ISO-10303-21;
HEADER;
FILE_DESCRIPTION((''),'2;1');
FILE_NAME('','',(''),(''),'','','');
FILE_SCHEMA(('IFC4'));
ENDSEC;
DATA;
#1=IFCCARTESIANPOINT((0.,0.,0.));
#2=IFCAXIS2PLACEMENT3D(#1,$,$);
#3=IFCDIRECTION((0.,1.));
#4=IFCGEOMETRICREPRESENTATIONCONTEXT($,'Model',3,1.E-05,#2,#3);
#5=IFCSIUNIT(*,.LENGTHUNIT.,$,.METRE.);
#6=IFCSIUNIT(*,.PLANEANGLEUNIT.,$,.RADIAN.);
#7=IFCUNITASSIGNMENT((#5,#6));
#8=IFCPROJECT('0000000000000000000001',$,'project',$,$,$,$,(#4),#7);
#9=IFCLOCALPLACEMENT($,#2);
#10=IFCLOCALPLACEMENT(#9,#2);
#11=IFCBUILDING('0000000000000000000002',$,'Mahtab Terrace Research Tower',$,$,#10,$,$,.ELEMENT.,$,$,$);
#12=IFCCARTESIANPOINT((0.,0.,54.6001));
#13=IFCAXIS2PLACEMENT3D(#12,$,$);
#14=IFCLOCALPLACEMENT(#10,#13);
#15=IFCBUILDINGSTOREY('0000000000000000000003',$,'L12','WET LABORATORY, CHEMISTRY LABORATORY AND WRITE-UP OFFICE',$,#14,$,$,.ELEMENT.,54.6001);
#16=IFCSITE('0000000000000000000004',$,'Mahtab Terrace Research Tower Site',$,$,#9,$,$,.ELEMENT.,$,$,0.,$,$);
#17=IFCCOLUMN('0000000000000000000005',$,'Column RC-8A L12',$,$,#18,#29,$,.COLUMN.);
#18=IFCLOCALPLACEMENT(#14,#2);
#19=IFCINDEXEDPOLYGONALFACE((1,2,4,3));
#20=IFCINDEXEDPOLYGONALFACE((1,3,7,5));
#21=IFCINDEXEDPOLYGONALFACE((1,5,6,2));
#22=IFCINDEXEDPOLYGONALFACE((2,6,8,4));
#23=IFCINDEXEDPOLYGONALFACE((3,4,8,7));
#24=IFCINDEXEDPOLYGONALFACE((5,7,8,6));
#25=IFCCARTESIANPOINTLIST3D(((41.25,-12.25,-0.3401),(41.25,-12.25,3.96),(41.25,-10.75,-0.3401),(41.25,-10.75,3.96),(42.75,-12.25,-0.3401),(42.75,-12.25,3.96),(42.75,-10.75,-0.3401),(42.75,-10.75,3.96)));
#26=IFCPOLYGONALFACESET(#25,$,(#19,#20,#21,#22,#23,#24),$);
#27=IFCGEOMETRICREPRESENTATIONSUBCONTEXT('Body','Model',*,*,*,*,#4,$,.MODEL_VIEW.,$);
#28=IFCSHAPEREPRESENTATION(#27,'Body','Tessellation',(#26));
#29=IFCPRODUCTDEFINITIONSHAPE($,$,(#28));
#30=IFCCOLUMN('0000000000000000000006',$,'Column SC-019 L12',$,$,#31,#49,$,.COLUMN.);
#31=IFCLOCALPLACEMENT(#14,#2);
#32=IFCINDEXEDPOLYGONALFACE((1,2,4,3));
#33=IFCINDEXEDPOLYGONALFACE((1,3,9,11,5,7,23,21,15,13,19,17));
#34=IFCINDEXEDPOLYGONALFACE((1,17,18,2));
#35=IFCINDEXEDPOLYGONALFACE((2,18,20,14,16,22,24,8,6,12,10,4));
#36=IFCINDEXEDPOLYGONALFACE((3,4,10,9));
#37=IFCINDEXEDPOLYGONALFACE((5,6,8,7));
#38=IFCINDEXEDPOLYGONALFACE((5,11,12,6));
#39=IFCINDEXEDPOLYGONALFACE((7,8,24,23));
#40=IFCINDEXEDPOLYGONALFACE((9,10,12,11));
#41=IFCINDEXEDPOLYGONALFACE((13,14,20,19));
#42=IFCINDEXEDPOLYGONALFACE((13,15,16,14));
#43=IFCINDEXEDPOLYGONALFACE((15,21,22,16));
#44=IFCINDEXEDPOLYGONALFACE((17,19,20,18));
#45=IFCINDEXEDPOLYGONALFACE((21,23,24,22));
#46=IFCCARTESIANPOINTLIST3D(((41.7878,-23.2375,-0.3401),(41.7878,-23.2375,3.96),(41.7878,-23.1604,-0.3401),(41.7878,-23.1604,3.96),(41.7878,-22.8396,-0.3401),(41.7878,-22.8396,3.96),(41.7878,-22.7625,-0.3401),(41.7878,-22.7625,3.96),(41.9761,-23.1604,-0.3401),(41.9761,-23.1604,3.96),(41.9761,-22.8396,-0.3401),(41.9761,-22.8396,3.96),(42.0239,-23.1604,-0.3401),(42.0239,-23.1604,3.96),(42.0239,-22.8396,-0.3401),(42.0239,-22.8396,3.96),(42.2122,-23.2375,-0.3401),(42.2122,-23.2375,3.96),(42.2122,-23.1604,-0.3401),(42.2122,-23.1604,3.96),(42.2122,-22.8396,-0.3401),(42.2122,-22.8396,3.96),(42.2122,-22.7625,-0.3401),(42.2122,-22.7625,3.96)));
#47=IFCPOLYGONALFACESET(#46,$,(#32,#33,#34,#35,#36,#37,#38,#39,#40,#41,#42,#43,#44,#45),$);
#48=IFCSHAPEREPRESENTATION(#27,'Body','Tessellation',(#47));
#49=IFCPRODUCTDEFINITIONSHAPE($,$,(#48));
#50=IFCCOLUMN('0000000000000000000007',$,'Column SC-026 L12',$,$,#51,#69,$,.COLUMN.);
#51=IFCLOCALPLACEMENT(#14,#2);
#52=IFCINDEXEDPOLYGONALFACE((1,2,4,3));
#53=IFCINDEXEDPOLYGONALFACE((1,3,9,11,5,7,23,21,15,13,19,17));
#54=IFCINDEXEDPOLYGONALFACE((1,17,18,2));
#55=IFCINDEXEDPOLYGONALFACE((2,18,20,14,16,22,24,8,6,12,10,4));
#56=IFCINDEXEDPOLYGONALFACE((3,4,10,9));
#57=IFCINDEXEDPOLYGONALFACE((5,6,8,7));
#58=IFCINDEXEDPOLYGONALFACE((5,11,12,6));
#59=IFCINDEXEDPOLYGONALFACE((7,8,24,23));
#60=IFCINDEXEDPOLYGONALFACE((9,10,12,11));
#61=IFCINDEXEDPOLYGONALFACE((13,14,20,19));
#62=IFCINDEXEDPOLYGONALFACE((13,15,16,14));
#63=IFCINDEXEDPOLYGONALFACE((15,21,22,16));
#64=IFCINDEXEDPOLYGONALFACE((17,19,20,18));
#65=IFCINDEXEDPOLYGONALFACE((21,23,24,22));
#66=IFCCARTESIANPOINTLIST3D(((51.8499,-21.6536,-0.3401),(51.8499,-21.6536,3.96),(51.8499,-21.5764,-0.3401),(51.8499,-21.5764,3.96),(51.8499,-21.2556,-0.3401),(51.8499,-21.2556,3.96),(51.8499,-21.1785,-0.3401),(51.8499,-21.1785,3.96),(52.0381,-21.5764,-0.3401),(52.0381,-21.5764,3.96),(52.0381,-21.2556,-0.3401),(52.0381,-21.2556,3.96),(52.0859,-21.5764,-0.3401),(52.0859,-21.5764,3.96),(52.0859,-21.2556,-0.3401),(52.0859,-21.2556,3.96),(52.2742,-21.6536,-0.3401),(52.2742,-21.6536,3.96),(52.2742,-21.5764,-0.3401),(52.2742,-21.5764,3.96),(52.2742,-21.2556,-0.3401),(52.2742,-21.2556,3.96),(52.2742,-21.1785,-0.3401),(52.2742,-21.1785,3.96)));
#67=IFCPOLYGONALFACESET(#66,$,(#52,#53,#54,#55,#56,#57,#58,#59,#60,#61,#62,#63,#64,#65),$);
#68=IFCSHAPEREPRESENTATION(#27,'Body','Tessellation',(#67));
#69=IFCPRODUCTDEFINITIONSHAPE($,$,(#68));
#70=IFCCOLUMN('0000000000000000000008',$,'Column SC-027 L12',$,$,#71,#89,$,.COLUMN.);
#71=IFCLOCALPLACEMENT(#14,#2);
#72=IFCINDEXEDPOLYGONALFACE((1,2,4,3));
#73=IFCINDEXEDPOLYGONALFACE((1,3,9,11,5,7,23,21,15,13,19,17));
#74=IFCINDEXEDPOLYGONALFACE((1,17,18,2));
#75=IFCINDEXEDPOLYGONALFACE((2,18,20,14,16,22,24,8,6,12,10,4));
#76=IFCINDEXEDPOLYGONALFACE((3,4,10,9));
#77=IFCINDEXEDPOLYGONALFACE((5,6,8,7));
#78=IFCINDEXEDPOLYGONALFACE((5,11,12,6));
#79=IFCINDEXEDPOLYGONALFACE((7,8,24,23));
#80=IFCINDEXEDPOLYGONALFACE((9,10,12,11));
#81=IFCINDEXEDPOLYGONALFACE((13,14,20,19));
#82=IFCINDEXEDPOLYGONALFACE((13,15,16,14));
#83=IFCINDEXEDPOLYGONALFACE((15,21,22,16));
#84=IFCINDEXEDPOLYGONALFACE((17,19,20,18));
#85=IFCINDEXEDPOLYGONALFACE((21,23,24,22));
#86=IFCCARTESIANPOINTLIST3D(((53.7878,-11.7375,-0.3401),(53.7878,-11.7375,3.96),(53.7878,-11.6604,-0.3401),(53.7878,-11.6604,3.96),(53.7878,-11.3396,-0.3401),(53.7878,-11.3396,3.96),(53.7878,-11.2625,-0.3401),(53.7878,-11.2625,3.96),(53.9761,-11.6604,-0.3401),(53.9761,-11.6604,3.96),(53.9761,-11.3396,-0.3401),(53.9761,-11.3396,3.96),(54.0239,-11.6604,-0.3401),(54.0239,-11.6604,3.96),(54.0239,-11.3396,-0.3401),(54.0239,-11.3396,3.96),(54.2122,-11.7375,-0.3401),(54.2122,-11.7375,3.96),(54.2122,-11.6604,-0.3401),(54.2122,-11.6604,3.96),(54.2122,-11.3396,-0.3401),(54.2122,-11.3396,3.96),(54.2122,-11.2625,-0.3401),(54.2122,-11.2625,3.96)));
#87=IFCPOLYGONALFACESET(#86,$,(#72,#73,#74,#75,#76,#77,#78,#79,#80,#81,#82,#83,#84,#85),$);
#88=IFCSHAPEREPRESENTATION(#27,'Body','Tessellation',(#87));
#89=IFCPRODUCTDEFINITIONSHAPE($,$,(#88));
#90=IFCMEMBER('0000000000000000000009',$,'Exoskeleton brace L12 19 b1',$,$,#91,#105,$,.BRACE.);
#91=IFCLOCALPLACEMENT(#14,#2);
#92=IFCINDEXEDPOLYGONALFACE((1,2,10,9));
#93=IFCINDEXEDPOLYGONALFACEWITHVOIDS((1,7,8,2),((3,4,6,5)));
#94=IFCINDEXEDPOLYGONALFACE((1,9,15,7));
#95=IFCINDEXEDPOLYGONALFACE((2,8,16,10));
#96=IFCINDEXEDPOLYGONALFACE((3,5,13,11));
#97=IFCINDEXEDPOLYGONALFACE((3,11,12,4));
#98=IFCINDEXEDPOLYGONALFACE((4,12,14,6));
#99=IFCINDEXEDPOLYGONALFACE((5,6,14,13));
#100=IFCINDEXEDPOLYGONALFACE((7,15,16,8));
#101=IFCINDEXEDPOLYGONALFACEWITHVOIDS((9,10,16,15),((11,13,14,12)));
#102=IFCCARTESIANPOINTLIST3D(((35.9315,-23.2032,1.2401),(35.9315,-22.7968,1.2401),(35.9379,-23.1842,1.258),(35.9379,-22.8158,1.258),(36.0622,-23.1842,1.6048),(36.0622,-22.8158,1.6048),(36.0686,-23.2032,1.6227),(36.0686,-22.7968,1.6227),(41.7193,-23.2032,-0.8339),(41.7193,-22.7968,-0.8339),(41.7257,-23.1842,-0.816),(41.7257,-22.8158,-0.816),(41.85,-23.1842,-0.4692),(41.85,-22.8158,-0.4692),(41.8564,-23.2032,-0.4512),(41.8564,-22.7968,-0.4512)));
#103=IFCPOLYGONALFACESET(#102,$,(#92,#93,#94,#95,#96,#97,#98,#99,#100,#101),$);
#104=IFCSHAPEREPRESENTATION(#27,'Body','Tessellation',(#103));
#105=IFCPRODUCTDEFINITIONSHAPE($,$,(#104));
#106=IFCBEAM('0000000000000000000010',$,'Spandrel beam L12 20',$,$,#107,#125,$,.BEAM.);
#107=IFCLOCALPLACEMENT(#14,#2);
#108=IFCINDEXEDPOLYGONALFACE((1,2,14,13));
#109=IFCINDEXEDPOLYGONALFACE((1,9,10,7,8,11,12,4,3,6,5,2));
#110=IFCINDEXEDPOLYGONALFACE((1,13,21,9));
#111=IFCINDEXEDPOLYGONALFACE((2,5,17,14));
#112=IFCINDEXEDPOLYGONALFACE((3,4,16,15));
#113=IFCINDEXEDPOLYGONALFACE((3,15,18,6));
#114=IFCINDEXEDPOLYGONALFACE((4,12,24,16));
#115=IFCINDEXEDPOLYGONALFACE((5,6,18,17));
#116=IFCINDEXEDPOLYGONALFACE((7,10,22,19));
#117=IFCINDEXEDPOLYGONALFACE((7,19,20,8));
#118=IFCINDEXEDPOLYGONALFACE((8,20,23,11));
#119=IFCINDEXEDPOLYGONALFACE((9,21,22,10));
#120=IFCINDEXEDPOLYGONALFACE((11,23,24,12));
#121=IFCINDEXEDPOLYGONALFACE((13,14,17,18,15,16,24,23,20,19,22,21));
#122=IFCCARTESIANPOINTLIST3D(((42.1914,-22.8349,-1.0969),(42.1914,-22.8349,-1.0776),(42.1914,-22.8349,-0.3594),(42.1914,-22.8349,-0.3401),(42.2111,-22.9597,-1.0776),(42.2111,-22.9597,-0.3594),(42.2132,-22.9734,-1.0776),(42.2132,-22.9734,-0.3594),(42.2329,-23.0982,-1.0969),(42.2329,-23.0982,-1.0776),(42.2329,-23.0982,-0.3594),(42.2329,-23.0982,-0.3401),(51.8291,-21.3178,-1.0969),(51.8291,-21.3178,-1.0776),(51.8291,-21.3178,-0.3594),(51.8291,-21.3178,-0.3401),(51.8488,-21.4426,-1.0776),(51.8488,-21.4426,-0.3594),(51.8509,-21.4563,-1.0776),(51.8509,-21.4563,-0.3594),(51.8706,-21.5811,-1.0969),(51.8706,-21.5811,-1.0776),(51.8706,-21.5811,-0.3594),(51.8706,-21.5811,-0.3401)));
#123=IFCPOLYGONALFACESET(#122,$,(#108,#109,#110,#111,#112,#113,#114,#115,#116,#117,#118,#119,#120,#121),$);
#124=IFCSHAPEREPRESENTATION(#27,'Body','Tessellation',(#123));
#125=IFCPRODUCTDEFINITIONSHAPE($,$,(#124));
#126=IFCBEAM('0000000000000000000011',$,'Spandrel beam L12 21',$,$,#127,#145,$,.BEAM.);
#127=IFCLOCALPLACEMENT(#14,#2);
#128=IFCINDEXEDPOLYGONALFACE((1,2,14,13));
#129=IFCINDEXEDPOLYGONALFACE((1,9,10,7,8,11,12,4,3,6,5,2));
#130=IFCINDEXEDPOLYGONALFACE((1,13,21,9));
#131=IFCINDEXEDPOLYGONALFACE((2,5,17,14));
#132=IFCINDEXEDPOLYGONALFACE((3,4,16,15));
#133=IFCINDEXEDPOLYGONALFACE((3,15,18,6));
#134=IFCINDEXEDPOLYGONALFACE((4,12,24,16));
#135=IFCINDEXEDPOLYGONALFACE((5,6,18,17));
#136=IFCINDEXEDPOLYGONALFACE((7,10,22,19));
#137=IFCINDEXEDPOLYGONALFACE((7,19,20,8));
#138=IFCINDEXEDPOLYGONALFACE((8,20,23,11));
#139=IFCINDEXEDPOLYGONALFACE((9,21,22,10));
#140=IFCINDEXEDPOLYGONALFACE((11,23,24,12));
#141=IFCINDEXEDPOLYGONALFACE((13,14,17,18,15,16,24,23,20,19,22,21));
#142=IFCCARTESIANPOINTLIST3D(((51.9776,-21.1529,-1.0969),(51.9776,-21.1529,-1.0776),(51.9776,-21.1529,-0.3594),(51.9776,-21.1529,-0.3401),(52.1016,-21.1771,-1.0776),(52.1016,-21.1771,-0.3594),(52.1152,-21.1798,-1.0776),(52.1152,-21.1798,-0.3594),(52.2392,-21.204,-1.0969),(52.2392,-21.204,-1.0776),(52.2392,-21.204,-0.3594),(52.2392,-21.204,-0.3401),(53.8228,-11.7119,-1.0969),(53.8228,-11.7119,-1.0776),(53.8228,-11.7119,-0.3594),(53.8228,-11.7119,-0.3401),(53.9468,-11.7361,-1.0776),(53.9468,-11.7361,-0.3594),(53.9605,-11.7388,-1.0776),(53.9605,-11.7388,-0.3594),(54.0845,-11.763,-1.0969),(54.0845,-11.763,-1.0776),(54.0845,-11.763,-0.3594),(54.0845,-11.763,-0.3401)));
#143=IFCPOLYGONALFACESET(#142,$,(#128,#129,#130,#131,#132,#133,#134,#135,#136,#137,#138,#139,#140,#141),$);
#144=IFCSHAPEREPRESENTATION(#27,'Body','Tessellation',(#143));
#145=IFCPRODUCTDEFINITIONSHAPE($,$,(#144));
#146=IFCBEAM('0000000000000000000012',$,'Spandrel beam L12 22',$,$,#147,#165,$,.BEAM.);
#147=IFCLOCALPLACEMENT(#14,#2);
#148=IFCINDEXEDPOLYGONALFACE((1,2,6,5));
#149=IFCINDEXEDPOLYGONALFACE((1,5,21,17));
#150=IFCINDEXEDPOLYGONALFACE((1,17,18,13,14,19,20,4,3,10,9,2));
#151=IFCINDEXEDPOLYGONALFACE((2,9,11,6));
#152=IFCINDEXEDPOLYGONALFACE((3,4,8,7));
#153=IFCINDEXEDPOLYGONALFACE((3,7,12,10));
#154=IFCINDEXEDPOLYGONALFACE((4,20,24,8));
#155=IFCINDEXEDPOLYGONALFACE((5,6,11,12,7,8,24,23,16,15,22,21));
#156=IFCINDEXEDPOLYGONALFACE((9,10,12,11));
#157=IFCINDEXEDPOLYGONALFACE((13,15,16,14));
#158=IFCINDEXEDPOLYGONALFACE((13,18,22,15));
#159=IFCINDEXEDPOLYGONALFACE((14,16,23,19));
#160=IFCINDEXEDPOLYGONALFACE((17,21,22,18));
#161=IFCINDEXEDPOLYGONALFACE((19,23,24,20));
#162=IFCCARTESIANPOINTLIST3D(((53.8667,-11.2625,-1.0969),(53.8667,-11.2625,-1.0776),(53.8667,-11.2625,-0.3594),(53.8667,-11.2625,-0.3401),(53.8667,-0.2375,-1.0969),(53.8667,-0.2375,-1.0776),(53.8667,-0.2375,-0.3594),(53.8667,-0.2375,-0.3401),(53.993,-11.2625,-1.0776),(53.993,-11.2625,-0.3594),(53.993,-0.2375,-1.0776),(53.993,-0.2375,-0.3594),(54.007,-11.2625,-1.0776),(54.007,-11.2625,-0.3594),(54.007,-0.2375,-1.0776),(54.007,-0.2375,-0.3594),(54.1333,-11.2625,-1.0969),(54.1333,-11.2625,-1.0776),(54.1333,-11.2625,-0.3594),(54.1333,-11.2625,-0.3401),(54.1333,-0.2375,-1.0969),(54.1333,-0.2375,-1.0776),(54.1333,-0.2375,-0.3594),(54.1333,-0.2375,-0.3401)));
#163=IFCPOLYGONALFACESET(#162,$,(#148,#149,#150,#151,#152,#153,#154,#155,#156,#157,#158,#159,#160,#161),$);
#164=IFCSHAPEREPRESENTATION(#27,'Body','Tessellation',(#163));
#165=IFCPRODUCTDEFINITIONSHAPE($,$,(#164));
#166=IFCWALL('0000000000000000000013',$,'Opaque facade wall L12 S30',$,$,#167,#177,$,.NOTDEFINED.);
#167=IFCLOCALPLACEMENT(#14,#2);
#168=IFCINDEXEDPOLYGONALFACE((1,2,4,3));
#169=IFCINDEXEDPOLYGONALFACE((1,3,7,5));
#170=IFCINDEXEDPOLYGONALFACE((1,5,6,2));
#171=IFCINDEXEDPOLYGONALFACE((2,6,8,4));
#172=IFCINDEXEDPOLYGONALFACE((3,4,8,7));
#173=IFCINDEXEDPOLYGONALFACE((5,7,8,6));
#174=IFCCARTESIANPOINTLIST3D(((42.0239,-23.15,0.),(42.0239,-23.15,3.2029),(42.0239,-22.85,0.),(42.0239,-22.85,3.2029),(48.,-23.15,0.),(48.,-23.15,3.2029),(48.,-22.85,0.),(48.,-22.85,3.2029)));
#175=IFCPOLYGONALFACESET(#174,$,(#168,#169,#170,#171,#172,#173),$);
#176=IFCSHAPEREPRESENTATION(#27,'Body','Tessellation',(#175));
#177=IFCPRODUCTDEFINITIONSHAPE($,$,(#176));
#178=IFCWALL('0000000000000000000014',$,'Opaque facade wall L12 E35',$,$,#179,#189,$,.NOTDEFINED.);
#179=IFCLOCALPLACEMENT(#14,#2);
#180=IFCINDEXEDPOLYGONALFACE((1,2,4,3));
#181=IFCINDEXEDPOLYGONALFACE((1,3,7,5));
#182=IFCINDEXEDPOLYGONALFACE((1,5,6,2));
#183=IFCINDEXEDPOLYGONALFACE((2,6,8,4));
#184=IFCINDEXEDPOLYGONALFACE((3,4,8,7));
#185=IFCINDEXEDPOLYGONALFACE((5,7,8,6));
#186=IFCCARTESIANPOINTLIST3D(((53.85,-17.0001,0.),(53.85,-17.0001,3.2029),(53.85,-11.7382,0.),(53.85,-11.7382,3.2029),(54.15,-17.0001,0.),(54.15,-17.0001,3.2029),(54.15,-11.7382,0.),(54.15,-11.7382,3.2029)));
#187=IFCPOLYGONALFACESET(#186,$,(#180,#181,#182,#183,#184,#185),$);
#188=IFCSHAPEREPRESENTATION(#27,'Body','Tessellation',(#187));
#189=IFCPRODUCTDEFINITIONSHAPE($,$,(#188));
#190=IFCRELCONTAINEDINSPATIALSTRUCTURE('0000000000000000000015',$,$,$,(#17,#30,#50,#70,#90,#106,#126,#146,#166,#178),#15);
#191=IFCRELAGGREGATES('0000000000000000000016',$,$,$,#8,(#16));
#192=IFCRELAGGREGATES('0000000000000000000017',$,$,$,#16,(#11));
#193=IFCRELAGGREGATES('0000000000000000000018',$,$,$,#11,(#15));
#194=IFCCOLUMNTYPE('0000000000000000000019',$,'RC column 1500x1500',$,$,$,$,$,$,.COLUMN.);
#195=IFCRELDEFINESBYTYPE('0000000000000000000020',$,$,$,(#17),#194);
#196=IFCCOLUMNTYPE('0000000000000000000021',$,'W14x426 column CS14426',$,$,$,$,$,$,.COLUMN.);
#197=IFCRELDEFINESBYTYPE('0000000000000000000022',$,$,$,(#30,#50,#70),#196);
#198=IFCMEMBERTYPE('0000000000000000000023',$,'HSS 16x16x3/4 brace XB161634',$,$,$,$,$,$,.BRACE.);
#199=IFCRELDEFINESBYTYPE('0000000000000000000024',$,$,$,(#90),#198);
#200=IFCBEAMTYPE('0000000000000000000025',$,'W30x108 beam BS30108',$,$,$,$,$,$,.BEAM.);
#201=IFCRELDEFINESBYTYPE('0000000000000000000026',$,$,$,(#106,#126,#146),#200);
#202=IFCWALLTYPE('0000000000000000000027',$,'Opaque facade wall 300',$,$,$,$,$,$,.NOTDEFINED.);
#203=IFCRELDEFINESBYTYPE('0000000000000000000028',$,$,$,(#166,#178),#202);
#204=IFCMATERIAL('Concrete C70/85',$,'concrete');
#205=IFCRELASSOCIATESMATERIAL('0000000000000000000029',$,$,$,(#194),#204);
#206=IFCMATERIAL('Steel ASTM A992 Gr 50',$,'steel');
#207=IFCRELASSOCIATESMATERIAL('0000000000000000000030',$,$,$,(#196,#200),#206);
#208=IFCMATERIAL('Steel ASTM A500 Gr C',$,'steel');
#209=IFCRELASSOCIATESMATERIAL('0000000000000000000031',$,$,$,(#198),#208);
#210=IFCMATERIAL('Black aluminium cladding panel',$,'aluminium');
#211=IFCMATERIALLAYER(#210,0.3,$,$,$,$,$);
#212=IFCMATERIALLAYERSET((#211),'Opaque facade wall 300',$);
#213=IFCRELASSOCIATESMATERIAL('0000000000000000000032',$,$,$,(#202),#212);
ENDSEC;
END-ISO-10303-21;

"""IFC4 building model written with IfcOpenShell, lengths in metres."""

from ifc_helpers import new_model, si_unit, direction, frame, frame_2d, origin, origin_2d, place, context, subcontext, project, spatial, rectangle, hollow_rectangle, i_section, extrude, material, layer, layer_set, material_profile, profile_set, type_object, element, save


model = new_model("IFC4")

# Units and contexts
model_context = context("Model", 3, precision=1e-05, world=origin(), true_north=direction((0.0, 1.0)))
body_context = subcontext(model_context, "Body", "Model", "MODEL_VIEW")
ifc_project = project(units=[si_unit("LENGTHUNIT", "METRE"), si_unit("PLANEANGLEUNIT", "RADIAN")], contexts=[model_context])

# Site, building, storey
site_placement = place(None, origin())
site = spatial("IfcSite", under=ifc_project, at=site_placement, Name="Mahtab Terrace Research Tower Site", CompositionType="ELEMENT", RefElevation=0.0)
building_placement = place(site_placement, origin())
building = spatial("IfcBuilding", under=site, at=building_placement, Name="Mahtab Terrace Research Tower", CompositionType="ELEMENT")
storey_placement = place(building_placement, frame((0.0, 0.0, 54.6001)))
storey = spatial("IfcBuildingStorey", under=building, at=storey_placement, Name="L12", Description="WET LABORATORY, CHEMISTRY LABORATORY AND WRITE-UP OFFICE", CompositionType="ELEMENT", Elevation=54.6001)

# Columns
ifc_material_1 = material(Name="Concrete C70/85", Category="concrete")
ifc_material_profile_1 = material_profile(ifc_material_1, rectangle(XDim=1.5, YDim=1.5, at=origin_2d()), Name="RC column 1500x1500")
ifc_profile_set_1 = profile_set([ifc_material_profile_1], Name="Concrete C70/85")
column_type_1 = type_object("IfcColumnType", Name="RC column 1500x1500", PredefinedType="COLUMN", material=ifc_profile_set_1)
column_placement = place(storey_placement, frame((42.0, -11.5, -0.3401), z_axis=(0.0, 0.0, 1.0), x_axis=(1.0, 0.0, 0.0)))
element("IfcColumn", 1, at=column_placement, inside=storey, type_object=column_type_1, Name="Column RC-8A L12", PredefinedType="COLUMN", context=body_context, shape_type="SweptSolid", body=[
    extrude(rectangle(XDim=1.5, YDim=1.5, at=origin_2d()), origin(), (0.0, 0.0, 1.0), 4.3),
])
ifc_material_2 = material(Name="Steel ASTM A992 Gr 50", Category="steel")
ifc_material_profile_2 = material_profile(ifc_material_2, i_section(OverallWidth=0.4243, OverallDepth=0.4751, WebThickness=0.0479, FlangeThickness=0.0771, at=origin_2d()), Name="W14X426")
ifc_profile_set_2 = profile_set([ifc_material_profile_2], Name="Steel ASTM A992 Gr 50")
column_type_2 = type_object("IfcColumnType", Name="W14x426 column CS14426", PredefinedType="COLUMN", material=ifc_profile_set_2)
for number, where, z_axis, x_axis, name in (
    (2, (42.0, -23.0, -0.3401), (0.0, 0.0, 1.0), (1.0, 0.0, 0.0), "Column SC-019 L12"),
    (3, (52.062, -21.416, -0.3401), (0.0, 0.0, 1.0), (1.0, 0.0, 0.0), "Column SC-026 L12"),
    (4, (54.0, -11.5, -0.3401), (0.0, 0.0, 1.0), (1.0, 0.0, 0.0), "Column SC-027 L12"),
):
    element("IfcColumn", number, at=place(storey_placement, frame(where, z_axis=z_axis, x_axis=x_axis)), inside=storey, type_object=column_type_2, Name=name, PredefinedType="COLUMN", context=body_context, shape_type="SweptSolid", body=[
        extrude(i_section(OverallWidth=0.4243, OverallDepth=0.4751, WebThickness=0.0479, FlangeThickness=0.0771, at=origin_2d()), origin(), (0.0, 0.0, 1.0), 4.3),
    ])

# Member
ifc_material_3 = material(Name="Steel ASTM A500 Gr C", Category="steel")
ifc_material_profile_3 = material_profile(ifc_material_3, hollow_rectangle(XDim=0.4065, YDim=0.4065, WallThickness=0.019, at=origin_2d()), Name="HSS16X16X3/4")
ifc_profile_set_3 = profile_set([ifc_material_profile_3], Name="Steel ASTM A500 Gr C")
member_type = type_object("IfcMemberType", Name="HSS 16x16x3/4 brace XB161634", PredefinedType="BRACE", material=ifc_profile_set_3)
member_placement = place(storey_placement, frame((41.7878, -23.0, -0.6426), z_axis=(-0.941387, 0.0, 0.33733), x_axis=(0.0, -1.0, 0.0)))
element("IfcMember", 5, at=member_placement, inside=storey, type_object=member_type, Name="Exoskeleton brace L12 19 b1", PredefinedType="BRACE", context=body_context, shape_type="SweptSolid", body=[
    extrude(hollow_rectangle(XDim=0.4065, YDim=0.4065, WallThickness=0.019, at=origin_2d()), origin(), (0.0, 0.0, 1.0), 6.1482),
])

# Beams
ifc_material_profile_4 = material_profile(ifc_material_2, i_section(OverallWidth=0.2666, OverallDepth=0.7568, WebThickness=0.0139, FlangeThickness=0.0193, at=origin_2d()), Name="W30X108")
ifc_profile_set_4 = profile_set([ifc_material_profile_4], Name="Steel ASTM A992 Gr 50")
beam_type = type_object("IfcBeamType", Name="W30x108 beam BS30108", PredefinedType="BEAM", material=ifc_profile_set_4)
beam_1_placement = place(storey_placement, frame((42.2122, -22.9666, -0.7185), z_axis=(0.987836, 0.155497, 0.0), x_axis=(-0.155497, 0.987836, 0.0)))
element("IfcBeam", 6, at=beam_1_placement, inside=storey, type_object=beam_type, Name="Spandrel beam L12 20", PredefinedType="BEAM", context=body_context, shape_type="SweptSolid", body=[
    extrude(i_section(OverallWidth=0.2666, OverallDepth=0.7568, WebThickness=0.0139, FlangeThickness=0.0193, at=origin_2d()), origin(), (0.0, 0.0, 1.0), 9.7563),
])
beam_2_placement = place(storey_placement, frame((52.1084, -21.1785, -0.7185), z_axis=(0.191819, 0.98143, 0.0), x_axis=(-0.98143, 0.191819, 0.0)))
element("IfcBeam", 7, at=beam_2_placement, inside=storey, type_object=beam_type, Name="Spandrel beam L12 21", PredefinedType="BEAM", context=body_context, shape_type="SweptSolid", body=[
    extrude(i_section(OverallWidth=0.2666, OverallDepth=0.7568, WebThickness=0.0139, FlangeThickness=0.0193, at=origin_2d()), origin(), (0.0, 0.0, 1.0), 9.6196),
])
beam_3_placement = place(storey_placement, frame((54.0, -11.2625, -0.7185), z_axis=(0.0, 1.0, 0.0), x_axis=(-1.0, 0.0, 0.0)))
element("IfcBeam", 8, at=beam_3_placement, inside=storey, type_object=beam_type, Name="Spandrel beam L12 22", PredefinedType="BEAM", context=body_context, shape_type="SweptSolid", body=[
    extrude(i_section(OverallWidth=0.2666, OverallDepth=0.7568, WebThickness=0.0139, FlangeThickness=0.0193, at=origin_2d()), origin(), (0.0, 0.0, 1.0), 11.0249),
])

# Walls
ifc_material_4 = material(Name="Black aluminium cladding panel", Category="aluminium")
ifc_layer_1 = layer(ifc_material_4, 0.3)
ifc_layer_set_1 = layer_set([ifc_layer_1], Name="Opaque facade wall 300")
wall_type_1 = type_object("IfcWallType", Name="Opaque facade wall 300", PredefinedType="NOTDEFINED", material=ifc_layer_set_1)
wall_1_placement = place(storey_placement, frame((42.0239, -23.0, 0.0), z_axis=(0.0, 0.0, 1.0), x_axis=(1.0, 0.0, 0.0)))
element("IfcWall", 9, at=wall_1_placement, inside=storey, type_object=wall_type_1, Name="Opaque facade wall L12 S30", PredefinedType="NOTDEFINED", context=body_context, shape_type="SweptSolid", body=[
    extrude(rectangle(XDim=5.9761, YDim=0.3, at=frame_2d((2.988, 0.0))), origin(), (0.0, 0.0, 1.0), 3.2029),
])
wall_2_placement = place(storey_placement, frame((54.0, -17.0, 0.0), z_axis=(0.0, 0.0, 1.0), x_axis=(0.0, 1.0, 0.0)))
element("IfcWall", 10, at=wall_2_placement, inside=storey, type_object=wall_type_1, Name="Opaque facade wall L12 E35", PredefinedType="NOTDEFINED", context=body_context, shape_type="SweptSolid", body=[
    extrude(rectangle(XDim=5.262, YDim=0.3, at=frame_2d((2.6309, 0.0))), origin(), (0.0, 0.0, 1.0), 3.2029),
])

save(model, "model.ifc")
